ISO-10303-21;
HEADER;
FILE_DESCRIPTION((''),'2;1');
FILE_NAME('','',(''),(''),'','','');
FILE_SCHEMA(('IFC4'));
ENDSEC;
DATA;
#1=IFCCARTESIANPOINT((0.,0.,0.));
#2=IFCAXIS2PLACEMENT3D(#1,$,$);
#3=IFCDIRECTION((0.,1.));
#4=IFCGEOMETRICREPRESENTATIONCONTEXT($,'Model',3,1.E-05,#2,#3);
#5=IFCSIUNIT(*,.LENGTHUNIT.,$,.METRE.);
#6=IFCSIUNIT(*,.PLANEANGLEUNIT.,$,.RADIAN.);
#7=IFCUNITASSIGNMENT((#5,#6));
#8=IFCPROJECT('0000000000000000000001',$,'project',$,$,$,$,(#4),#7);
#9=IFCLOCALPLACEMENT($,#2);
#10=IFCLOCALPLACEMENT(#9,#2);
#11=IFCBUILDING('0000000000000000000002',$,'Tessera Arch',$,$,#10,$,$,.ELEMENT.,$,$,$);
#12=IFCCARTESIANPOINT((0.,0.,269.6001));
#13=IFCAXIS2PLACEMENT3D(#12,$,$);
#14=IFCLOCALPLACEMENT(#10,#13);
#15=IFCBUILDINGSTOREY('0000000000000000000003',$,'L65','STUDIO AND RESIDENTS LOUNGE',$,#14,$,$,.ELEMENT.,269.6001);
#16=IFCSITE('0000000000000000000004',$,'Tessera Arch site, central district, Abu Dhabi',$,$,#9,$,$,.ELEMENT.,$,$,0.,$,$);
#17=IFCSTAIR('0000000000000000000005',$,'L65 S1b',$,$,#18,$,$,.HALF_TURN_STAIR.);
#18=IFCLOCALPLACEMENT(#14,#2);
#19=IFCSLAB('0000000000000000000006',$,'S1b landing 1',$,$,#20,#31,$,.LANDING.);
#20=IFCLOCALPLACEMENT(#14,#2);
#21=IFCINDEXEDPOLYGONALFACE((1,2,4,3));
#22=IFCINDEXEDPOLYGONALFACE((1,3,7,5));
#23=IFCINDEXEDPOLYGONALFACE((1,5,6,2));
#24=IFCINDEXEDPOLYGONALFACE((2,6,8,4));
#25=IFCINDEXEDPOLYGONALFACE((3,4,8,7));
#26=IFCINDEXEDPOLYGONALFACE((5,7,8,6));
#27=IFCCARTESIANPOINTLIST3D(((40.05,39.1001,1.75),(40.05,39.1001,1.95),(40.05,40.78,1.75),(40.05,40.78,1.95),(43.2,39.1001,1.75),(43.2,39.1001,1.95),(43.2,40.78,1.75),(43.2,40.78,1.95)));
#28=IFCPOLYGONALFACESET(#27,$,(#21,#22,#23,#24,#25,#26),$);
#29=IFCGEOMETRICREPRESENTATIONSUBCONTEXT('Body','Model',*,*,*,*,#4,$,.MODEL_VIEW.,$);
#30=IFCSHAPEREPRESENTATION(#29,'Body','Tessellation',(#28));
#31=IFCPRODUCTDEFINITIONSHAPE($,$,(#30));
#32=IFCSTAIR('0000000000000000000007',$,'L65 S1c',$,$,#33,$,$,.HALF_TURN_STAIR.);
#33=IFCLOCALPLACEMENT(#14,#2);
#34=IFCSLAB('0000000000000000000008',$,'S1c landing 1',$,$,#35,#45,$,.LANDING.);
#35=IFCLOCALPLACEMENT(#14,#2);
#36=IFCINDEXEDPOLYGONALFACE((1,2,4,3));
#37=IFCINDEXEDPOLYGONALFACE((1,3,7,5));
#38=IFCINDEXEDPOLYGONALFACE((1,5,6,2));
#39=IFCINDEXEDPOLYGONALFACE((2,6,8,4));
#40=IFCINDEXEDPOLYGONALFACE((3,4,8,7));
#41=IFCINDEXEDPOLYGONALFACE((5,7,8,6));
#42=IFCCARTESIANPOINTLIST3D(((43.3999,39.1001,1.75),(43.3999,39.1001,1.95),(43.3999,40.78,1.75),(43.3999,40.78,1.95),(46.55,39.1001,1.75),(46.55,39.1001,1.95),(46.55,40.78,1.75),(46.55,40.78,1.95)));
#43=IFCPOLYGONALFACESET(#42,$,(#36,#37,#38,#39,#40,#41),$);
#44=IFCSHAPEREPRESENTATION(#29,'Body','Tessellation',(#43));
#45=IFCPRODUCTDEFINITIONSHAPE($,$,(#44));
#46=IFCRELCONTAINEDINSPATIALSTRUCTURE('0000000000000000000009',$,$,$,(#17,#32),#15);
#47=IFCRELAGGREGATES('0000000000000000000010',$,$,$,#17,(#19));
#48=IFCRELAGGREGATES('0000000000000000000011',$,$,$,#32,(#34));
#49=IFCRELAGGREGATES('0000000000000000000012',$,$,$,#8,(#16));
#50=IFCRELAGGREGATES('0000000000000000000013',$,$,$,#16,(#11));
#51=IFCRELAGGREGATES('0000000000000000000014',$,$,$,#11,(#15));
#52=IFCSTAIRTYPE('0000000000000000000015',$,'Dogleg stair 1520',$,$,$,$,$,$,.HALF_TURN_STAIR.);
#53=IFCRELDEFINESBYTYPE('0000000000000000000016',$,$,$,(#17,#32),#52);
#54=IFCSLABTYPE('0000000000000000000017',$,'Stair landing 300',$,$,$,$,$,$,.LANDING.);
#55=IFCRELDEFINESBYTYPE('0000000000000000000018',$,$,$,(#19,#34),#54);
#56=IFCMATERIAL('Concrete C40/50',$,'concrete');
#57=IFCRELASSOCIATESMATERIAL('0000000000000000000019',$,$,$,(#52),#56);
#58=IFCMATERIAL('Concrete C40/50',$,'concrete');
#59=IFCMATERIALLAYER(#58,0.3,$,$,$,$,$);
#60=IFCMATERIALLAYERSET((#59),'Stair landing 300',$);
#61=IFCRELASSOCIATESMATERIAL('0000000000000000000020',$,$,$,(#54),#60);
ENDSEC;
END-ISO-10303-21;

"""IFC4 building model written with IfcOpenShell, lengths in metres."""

from ifc_helpers import new_model, si_unit, direction, frame, origin, place, context, subcontext, project, spatial, polyline, outline, extrude, material, layer, layer_set, type_object, element, aggregate, save


model = new_model("IFC4")

# Units and contexts
model_context = context("Model", 3, precision=1e-05, world=origin(), true_north=direction((0.0, 1.0)))
body_context = subcontext(model_context, "Body", "Model", "MODEL_VIEW")
ifc_project = project(units=[si_unit("LENGTHUNIT", "METRE"), si_unit("PLANEANGLEUNIT", "RADIAN")], contexts=[model_context])

# Site, building, storey
site_placement = place(None, origin())
site = spatial("IfcSite", under=ifc_project, at=site_placement, Name="Tessera Arch site, central district, Abu Dhabi", CompositionType="ELEMENT", RefElevation=0.0)
building_placement = place(site_placement, origin())
building = spatial("IfcBuilding", under=site, at=building_placement, Name="Tessera Arch", CompositionType="ELEMENT")
storey_placement = place(building_placement, frame((0.0, 0.0, 269.6001)))
storey = spatial("IfcBuildingStorey", under=building, at=storey_placement, Name="L65", Description="STUDIO AND RESIDENTS LOUNGE", CompositionType="ELEMENT", Elevation=269.6001)

# Stairs, slabs
ifc_material_1 = material(Name="Concrete C40/50", Category="concrete")
stair_type = type_object("IfcStairType", Name="Dogleg stair 1520", PredefinedType="HALF_TURN_STAIR", material=ifc_material_1)
ifc_material_2 = material(Name="Concrete C40/50", Category="concrete")
ifc_layer_1 = layer(ifc_material_2, 0.3)
ifc_layer_set_1 = layer_set([ifc_layer_1], Name="Stair landing 300")
slab_type_1 = type_object("IfcSlabType", Name="Stair landing 300", PredefinedType="LANDING", material=ifc_layer_set_1)
stair_1_placement = place(storey_placement, origin())
stair_1 = element("IfcStair", 1, at=stair_1_placement, inside=storey, type_object=stair_type, Name="L65 S1b", PredefinedType="HALF_TURN_STAIR")
slab_1_placement = place(storey_placement, frame((0.0, 0.0, 1.75)))
slab_1 = element("IfcSlab", 2, at=slab_1_placement, type_object=slab_type_1, Name="S1b landing 1", PredefinedType="LANDING", context=body_context, shape_type="SweptSolid", body=[
    extrude(outline(polyline([(40.05, 40.78), (40.05, 39.1001), (43.2, 39.1001), (43.2, 40.78), (40.05, 40.78)])), origin(), (0.0, 0.0, 1.0), 0.2),
])
aggregate(stair_1, [slab_1])
stair_2_placement = place(storey_placement, origin())
stair_2 = element("IfcStair", 3, at=stair_2_placement, inside=storey, type_object=stair_type, Name="L65 S1c", PredefinedType="HALF_TURN_STAIR")
slab_2_placement = place(storey_placement, frame((0.0, 0.0, 1.75)))
slab_2 = element("IfcSlab", 4, at=slab_2_placement, type_object=slab_type_1, Name="S1c landing 1", PredefinedType="LANDING", context=body_context, shape_type="SweptSolid", body=[
    extrude(outline(polyline([(43.3999, 40.78), (43.3999, 39.1001), (46.55, 39.1001), (46.55, 40.78), (43.3999, 40.78)])), origin(), (0.0, 0.0, 1.0), 0.2),
])
aggregate(stair_2, [slab_2])

save(model, "model.ifc")
